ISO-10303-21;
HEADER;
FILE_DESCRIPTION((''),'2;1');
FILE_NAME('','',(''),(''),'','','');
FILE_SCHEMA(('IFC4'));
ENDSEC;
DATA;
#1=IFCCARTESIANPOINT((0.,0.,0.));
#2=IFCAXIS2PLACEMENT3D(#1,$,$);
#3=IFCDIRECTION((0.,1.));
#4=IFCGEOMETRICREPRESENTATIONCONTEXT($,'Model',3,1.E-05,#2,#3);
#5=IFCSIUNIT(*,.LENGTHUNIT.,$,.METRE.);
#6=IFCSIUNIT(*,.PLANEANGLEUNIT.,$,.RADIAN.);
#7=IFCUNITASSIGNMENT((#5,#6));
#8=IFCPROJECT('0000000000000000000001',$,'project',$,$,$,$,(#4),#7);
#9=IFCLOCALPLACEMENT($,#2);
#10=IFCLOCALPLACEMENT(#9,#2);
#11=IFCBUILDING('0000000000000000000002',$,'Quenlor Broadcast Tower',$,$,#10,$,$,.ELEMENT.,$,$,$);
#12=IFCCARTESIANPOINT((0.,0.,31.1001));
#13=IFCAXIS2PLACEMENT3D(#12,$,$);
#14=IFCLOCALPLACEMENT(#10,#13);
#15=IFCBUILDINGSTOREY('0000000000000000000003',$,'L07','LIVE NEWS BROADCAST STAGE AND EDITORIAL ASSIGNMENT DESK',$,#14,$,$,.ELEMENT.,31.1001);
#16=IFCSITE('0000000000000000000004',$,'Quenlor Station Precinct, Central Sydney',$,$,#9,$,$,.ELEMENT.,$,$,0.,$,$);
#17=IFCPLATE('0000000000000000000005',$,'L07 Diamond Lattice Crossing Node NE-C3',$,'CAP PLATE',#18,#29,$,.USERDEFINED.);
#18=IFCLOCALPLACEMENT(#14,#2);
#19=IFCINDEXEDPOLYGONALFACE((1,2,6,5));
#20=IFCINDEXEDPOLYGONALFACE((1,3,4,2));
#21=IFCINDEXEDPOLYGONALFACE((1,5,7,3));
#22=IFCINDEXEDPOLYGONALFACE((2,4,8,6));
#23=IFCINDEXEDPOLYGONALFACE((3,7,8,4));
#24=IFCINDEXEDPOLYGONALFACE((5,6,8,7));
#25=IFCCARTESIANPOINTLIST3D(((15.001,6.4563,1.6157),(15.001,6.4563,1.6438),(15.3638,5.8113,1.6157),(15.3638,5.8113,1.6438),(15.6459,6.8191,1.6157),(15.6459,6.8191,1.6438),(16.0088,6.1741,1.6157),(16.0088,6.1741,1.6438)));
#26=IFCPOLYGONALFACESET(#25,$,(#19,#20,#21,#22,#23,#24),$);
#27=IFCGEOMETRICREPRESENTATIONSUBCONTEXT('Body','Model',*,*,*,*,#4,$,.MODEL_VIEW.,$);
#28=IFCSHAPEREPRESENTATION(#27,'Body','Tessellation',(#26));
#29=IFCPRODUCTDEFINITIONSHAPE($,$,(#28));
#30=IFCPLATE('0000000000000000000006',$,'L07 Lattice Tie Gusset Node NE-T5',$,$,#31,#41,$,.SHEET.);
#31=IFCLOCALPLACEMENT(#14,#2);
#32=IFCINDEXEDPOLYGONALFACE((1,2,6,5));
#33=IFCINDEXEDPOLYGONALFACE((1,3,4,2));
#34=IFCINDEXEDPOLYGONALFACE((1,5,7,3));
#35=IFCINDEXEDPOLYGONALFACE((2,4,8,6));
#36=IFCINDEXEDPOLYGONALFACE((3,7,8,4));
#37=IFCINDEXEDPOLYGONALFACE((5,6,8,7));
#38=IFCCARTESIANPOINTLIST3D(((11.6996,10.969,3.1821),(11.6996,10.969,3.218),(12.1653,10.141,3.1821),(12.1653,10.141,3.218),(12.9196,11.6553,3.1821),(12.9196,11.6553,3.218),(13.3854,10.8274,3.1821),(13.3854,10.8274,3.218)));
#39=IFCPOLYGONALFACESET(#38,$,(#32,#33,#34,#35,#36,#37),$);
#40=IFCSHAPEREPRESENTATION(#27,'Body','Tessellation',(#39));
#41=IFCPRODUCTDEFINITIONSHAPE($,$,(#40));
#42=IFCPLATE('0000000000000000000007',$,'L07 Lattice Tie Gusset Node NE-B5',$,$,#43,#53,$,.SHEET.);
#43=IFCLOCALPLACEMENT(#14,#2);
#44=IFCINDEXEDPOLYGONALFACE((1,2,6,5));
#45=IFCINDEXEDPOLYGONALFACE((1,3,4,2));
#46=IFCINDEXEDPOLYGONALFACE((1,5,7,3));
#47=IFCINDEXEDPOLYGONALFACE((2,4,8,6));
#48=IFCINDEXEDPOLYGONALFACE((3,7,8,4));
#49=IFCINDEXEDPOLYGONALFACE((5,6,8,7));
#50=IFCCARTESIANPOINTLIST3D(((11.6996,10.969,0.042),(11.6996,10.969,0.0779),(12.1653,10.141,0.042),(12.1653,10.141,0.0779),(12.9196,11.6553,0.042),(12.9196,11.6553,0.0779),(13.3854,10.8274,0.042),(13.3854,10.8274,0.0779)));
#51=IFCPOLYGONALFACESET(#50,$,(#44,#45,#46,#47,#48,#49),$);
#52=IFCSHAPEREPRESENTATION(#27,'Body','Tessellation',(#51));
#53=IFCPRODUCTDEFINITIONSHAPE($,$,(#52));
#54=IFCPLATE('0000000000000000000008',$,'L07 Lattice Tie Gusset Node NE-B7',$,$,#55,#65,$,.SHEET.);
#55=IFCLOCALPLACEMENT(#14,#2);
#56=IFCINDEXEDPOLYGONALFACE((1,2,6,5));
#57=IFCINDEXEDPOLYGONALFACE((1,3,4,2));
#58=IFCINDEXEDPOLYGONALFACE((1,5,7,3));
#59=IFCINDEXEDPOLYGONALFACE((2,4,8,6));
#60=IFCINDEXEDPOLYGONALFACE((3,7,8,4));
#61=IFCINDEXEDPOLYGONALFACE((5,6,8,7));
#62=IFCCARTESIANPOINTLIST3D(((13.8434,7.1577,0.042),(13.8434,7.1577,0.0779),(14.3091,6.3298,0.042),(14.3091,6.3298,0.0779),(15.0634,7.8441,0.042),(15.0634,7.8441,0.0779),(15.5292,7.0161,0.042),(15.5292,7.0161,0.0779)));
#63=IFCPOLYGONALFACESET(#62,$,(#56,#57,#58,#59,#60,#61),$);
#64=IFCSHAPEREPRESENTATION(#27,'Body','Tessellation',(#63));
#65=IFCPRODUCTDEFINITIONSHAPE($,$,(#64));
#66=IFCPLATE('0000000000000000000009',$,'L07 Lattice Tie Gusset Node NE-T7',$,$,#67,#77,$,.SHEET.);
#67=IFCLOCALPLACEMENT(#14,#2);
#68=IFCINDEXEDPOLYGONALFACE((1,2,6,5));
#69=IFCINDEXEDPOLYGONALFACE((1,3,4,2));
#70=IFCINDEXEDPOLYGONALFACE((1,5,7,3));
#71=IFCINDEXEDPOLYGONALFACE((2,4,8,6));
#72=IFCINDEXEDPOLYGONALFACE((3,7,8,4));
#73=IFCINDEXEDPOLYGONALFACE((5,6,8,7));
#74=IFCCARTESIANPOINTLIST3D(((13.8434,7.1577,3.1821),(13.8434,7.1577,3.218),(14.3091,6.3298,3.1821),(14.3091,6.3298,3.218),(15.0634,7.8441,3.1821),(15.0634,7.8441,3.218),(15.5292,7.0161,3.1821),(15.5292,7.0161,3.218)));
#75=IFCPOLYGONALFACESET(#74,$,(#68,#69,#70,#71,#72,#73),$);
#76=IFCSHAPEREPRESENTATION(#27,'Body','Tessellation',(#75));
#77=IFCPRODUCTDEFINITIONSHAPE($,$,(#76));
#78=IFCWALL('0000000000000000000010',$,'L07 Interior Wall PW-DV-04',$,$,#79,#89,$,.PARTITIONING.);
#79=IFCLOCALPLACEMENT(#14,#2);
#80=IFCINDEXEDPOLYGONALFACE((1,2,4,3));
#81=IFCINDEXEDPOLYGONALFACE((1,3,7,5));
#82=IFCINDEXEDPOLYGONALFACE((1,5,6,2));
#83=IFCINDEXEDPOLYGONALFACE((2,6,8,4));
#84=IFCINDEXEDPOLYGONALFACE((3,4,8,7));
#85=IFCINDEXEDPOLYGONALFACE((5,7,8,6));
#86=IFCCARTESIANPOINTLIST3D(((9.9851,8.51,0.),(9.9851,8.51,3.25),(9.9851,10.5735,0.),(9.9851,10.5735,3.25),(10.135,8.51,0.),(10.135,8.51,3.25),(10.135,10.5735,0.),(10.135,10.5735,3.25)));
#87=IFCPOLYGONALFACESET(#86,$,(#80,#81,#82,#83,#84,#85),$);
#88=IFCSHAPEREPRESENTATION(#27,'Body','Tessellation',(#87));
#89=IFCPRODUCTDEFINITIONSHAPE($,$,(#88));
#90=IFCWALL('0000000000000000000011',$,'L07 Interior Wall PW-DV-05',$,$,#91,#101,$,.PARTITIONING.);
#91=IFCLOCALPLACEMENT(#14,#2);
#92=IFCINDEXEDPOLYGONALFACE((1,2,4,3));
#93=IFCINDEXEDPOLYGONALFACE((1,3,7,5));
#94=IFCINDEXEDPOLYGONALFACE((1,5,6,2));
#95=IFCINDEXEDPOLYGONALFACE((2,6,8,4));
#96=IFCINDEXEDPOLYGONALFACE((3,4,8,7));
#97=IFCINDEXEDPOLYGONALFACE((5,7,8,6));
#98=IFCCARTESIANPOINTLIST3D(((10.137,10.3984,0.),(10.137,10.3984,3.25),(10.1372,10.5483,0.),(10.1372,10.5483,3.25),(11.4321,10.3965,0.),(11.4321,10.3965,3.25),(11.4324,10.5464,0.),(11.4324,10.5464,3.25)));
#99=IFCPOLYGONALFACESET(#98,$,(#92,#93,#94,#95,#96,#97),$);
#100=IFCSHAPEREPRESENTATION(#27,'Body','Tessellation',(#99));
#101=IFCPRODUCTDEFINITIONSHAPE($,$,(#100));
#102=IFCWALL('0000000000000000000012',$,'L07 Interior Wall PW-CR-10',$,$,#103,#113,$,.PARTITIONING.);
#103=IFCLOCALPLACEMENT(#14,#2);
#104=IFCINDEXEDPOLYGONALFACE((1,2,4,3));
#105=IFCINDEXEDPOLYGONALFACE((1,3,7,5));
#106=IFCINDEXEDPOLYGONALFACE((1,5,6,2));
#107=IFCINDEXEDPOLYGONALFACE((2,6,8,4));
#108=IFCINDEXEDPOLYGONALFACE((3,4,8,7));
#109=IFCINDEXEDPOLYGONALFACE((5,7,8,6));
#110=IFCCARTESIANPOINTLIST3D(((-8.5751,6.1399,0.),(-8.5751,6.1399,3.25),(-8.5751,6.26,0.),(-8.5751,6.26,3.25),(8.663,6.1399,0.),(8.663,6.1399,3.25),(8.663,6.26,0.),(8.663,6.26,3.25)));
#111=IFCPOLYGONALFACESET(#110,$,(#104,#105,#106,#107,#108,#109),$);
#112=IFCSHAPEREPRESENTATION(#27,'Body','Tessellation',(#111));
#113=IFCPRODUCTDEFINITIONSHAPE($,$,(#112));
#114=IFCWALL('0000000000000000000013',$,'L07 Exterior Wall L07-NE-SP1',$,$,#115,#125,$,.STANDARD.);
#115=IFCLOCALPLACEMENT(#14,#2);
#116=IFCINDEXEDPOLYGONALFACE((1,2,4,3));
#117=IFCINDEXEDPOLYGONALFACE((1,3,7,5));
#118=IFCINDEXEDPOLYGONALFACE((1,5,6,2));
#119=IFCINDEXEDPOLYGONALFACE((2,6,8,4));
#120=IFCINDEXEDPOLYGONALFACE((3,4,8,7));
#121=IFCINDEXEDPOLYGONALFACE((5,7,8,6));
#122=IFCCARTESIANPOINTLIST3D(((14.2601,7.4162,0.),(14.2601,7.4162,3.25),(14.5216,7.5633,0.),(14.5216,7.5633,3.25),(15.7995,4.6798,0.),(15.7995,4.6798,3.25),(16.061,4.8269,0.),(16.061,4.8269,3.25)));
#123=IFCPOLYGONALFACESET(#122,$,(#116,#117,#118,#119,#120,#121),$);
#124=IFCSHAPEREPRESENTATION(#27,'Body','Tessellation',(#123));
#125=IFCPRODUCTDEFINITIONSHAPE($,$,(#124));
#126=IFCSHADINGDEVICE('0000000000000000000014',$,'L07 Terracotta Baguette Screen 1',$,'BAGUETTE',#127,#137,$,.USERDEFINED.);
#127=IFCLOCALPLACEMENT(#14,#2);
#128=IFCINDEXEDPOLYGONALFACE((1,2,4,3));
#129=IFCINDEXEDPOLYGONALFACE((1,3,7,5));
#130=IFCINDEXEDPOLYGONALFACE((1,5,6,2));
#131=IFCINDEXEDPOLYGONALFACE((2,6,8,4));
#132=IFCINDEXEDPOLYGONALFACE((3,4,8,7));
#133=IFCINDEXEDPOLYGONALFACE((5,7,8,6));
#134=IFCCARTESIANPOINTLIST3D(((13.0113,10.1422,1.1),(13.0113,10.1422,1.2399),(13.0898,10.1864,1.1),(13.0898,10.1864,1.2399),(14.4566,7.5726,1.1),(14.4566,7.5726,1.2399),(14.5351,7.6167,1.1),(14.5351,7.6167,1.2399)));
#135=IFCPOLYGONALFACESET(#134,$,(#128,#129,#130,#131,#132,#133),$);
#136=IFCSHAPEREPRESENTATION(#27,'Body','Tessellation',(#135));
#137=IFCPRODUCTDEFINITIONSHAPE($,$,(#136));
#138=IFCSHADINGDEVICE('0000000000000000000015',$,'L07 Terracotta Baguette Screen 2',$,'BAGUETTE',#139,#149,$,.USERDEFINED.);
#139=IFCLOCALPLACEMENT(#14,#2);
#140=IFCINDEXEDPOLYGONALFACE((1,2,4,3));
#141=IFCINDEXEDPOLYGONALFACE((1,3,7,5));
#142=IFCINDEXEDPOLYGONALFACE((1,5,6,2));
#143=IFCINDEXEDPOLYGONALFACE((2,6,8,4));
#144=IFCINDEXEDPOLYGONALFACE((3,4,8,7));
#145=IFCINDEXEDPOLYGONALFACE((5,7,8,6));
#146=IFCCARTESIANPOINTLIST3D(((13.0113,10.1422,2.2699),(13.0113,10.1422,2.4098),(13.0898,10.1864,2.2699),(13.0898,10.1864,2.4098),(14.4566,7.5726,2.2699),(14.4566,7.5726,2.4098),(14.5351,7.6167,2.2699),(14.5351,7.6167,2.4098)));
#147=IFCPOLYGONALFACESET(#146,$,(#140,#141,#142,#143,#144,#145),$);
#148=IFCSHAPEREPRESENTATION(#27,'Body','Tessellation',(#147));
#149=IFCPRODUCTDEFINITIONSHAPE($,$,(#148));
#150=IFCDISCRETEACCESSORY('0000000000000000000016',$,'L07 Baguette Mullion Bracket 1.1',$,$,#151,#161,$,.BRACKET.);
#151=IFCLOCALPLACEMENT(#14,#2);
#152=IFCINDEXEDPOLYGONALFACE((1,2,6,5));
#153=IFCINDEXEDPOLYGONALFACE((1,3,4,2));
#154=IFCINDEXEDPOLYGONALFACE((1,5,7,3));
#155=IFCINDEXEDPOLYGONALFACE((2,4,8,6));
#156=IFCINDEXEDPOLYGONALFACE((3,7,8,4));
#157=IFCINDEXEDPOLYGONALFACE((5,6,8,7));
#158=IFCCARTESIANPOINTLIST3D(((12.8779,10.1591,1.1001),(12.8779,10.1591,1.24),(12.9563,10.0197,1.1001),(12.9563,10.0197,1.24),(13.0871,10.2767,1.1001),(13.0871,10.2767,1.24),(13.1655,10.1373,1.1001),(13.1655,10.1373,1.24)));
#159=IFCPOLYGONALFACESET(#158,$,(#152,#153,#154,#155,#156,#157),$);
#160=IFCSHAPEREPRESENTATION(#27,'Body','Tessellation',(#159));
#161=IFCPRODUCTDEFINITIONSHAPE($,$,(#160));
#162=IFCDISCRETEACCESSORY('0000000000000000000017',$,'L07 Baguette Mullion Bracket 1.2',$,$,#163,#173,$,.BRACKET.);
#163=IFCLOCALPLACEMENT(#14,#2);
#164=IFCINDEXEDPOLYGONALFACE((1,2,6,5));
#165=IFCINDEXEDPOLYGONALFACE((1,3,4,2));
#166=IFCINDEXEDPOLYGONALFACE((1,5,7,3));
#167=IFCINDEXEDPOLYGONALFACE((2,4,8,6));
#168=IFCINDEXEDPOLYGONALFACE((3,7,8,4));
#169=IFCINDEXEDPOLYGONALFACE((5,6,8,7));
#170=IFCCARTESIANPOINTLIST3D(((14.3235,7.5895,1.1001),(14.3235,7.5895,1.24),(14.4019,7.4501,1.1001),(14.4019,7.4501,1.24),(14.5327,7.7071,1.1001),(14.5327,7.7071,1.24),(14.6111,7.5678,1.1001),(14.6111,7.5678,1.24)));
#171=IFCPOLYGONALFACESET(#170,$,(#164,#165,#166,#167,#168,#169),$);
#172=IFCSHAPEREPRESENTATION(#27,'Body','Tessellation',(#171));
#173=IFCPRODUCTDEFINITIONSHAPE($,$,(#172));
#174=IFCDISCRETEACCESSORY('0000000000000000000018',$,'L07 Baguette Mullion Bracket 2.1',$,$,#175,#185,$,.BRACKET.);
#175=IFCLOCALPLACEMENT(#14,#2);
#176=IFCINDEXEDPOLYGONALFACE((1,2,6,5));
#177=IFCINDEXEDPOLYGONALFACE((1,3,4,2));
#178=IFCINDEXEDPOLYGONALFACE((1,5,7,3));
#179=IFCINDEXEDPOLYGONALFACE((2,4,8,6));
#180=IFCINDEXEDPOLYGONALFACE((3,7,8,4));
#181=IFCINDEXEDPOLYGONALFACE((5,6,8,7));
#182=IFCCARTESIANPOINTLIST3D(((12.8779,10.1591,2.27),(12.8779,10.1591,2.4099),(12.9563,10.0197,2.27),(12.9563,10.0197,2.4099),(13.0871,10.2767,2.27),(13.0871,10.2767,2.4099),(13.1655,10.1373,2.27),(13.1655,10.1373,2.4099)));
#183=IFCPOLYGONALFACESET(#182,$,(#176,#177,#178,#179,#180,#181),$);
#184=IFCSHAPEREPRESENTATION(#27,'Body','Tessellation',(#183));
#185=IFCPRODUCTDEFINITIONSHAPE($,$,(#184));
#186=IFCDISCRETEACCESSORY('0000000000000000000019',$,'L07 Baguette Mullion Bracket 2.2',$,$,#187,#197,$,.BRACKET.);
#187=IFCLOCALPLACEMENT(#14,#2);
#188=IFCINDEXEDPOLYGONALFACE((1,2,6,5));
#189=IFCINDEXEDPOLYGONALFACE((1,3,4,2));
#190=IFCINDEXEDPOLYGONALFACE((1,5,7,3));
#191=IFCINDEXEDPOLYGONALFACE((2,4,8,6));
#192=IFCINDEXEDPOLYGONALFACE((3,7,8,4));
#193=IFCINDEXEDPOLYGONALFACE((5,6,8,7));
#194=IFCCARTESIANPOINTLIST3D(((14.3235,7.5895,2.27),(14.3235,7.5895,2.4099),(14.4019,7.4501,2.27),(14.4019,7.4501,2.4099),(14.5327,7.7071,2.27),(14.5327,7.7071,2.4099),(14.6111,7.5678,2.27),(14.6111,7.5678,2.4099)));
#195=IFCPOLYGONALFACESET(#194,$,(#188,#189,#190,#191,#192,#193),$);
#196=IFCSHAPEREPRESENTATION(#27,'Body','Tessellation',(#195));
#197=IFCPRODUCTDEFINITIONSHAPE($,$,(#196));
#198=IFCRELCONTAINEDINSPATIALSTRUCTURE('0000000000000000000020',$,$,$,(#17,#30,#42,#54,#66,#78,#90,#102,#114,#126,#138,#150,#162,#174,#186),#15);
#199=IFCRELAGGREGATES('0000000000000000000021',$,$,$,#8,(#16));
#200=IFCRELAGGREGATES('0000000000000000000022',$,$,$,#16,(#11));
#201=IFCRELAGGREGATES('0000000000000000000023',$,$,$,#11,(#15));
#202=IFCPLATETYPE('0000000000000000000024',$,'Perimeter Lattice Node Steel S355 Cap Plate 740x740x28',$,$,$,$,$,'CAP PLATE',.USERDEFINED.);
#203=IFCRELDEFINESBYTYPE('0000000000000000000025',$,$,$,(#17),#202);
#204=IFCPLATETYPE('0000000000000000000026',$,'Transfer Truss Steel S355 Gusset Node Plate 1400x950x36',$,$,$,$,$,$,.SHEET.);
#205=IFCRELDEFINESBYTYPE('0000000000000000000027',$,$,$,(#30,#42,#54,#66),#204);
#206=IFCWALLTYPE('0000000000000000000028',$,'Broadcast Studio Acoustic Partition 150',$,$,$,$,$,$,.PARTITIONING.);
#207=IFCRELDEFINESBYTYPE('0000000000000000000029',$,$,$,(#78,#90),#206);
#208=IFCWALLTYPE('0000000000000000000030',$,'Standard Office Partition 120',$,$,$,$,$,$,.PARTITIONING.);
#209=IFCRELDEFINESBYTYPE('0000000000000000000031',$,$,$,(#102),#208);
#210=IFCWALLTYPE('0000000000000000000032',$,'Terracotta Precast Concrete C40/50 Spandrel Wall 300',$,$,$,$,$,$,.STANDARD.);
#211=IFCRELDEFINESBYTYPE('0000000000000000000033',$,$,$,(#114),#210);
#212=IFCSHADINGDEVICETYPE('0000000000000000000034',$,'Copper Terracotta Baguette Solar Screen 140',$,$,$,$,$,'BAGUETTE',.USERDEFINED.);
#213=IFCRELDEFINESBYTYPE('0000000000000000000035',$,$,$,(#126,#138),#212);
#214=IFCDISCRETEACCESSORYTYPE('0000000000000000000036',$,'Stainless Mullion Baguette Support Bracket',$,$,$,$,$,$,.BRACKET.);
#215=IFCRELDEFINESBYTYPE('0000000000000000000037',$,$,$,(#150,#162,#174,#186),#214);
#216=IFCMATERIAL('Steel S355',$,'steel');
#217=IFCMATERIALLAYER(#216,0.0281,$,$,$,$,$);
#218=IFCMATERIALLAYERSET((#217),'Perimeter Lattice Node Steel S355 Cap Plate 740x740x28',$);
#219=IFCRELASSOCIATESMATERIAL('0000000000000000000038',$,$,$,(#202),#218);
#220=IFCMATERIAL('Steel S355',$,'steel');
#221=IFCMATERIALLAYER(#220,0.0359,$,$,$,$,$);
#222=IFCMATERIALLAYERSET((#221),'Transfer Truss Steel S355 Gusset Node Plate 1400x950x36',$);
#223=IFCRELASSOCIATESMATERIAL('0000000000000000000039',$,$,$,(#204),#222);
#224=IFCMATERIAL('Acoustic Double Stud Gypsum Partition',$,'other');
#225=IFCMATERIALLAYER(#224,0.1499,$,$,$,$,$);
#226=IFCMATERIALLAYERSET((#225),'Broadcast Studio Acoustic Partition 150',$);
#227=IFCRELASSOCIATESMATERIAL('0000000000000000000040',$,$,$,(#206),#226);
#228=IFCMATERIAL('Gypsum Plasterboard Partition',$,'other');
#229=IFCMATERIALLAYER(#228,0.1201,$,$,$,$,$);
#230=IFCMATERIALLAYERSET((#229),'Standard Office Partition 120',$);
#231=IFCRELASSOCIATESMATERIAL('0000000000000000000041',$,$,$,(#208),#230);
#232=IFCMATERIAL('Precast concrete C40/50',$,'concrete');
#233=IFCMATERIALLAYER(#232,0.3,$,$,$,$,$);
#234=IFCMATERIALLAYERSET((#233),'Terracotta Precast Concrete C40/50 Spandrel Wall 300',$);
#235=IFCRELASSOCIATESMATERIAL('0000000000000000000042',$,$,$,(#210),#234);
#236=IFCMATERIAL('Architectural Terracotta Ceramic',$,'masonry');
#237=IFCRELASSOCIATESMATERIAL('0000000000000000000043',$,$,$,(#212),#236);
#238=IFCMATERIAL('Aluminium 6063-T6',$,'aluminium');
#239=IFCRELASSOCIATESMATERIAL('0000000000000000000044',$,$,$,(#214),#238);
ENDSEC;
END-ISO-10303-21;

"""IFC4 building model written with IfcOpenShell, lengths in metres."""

from ifc_helpers import new_model, si_unit, direction, frame, frame_2d, origin, origin_2d, place, context, subcontext, project, spatial, rectangle, extrude, material, layer, layer_set, material_profile, profile_set, type_object, element, save


model = new_model("IFC4")

# Units and contexts
model_context = context("Model", 3, precision=1e-05, world=origin(), true_north=direction((0.0, 1.0)))
body_context = subcontext(model_context, "Body", "Model", "MODEL_VIEW")
ifc_project = project(units=[si_unit("LENGTHUNIT", "METRE"), si_unit("PLANEANGLEUNIT", "RADIAN")], contexts=[model_context])

# Site, building, storey
site_placement = place(None, origin())
site = spatial("IfcSite", under=ifc_project, at=site_placement, Name="Quenlor Station Precinct, Central Sydney", CompositionType="ELEMENT", RefElevation=0.0)
building_placement = place(site_placement, origin())
building = spatial("IfcBuilding", under=site, at=building_placement, Name="Quenlor Broadcast Tower", CompositionType="ELEMENT")
storey_placement = place(building_placement, frame((0.0, 0.0, 31.1001)))
storey = spatial("IfcBuildingStorey", under=building, at=storey_placement, Name="L07", Description="LIVE NEWS BROADCAST STAGE AND EDITORIAL ASSIGNMENT DESK", CompositionType="ELEMENT", Elevation=31.1001)

# Plates
ifc_material_1 = material(Name="Steel S355", Category="steel")
ifc_layer_1 = layer(ifc_material_1, 0.0281)
ifc_layer_set_1 = layer_set([ifc_layer_1], Name="Perimeter Lattice Node Steel S355 Cap Plate 740x740x28")
plate_type_1 = type_object("IfcPlateType", Name="Perimeter Lattice Node Steel S355 Cap Plate 740x740x28", ElementType="CAP PLATE", PredefinedType="USERDEFINED", material=ifc_layer_set_1)
for number, where, z_axis, x_axis, name in (
    (1, (15.5049, 6.3152, 1.6157), (0.0, 0.0, 1.0), (0.490295, -0.871556, 0.0), "L07 Diamond Lattice Crossing Node NE-C3"),
):
    element("IfcPlate", number, at=place(storey_placement, frame(where, z_axis=z_axis, x_axis=x_axis)), inside=storey, type_object=plate_type_1, Name=name, ObjectType="CAP PLATE", PredefinedType="USERDEFINED", context=body_context, shape_type="SweptSolid", body=[
        extrude(rectangle(XDim=0.74, YDim=0.74, at=origin_2d()), origin(), (0.0, 0.0, 1.0), 0.0281),
    ])
ifc_material_2 = material(Name="Steel S355", Category="steel")
ifc_layer_2 = layer(ifc_material_2, 0.0359)
ifc_layer_set_2 = layer_set([ifc_layer_2], Name="Transfer Truss Steel S355 Gusset Node Plate 1400x950x36")
plate_type_2 = type_object("IfcPlateType", Name="Transfer Truss Steel S355 Gusset Node Plate 1400x950x36", PredefinedType="SHEET", material=ifc_layer_set_2)
for number, where, z_axis, x_axis, name in (
    (2, (12.5425, 10.8982, 3.1821), (0.0, 0.0, 1.0), (0.871556, 0.490295, 0.0), "L07 Lattice Tie Gusset Node NE-T5"),
    (3, (12.5425, 10.8982, 0.042), (0.0, 0.0, 1.0), (0.871556, 0.490295, 0.0), "L07 Lattice Tie Gusset Node NE-B5"),
    (4, (14.6863, 7.0869, 0.042), (0.0, 0.0, 1.0), (0.871556, 0.490295, 0.0), "L07 Lattice Tie Gusset Node NE-B7"),
    (5, (14.6863, 7.0869, 3.1821), (0.0, 0.0, 1.0), (0.871556, 0.490295, 0.0), "L07 Lattice Tie Gusset Node NE-T7"),
):
    element("IfcPlate", number, at=place(storey_placement, frame(where, z_axis=z_axis, x_axis=x_axis)), inside=storey, type_object=plate_type_2, Name=name, PredefinedType="SHEET", context=body_context, shape_type="SweptSolid", body=[
        extrude(rectangle(XDim=1.3999, YDim=0.95, at=origin_2d()), origin(), (0.0, 0.0, 1.0), 0.0359),
    ])

# Walls
ifc_material_3 = material(Name="Acoustic Double Stud Gypsum Partition", Category="other")
ifc_layer_3 = layer(ifc_material_3, 0.1499)
ifc_layer_set_3 = layer_set([ifc_layer_3], Name="Broadcast Studio Acoustic Partition 150")
wall_type_1 = type_object("IfcWallType", Name="Broadcast Studio Acoustic Partition 150", PredefinedType="PARTITIONING", material=ifc_layer_set_3)
wall_1_placement = place(storey_placement, frame((10.0601, 10.5735, 0.0), z_axis=(0.0, 0.0, 1.0), x_axis=(0.0, -1.0, 0.0)))
element("IfcWall", 6, at=wall_1_placement, inside=storey, type_object=wall_type_1, Name="L07 Interior Wall PW-DV-04", PredefinedType="PARTITIONING", context=body_context, shape_type="SweptSolid", body=[
    extrude(rectangle(XDim=2.0635, YDim=0.1499, at=frame_2d((1.0317, 0.0))), origin(), (0.0, 0.0, 1.0), 3.25),
])
wall_2_placement = place(storey_placement, frame((11.4321, 10.4714, 0.0), z_axis=(0.0, 0.0, 1.0), x_axis=(-0.999999, 0.001508, 0.0)))
element("IfcWall", 7, at=wall_2_placement, inside=storey, type_object=wall_type_1, Name="L07 Interior Wall PW-DV-05", PredefinedType="PARTITIONING", context=body_context, shape_type="SweptSolid", body=[
    extrude(rectangle(XDim=1.2952, YDim=0.1499, at=frame_2d((0.6475, 0.0))), origin(), (0.0, 0.0, 1.0), 3.25),
])

# Shared definitions
ifc_material_4 = material(Name="Gypsum Plasterboard Partition", Category="other")
ifc_layer_4 = layer(ifc_material_4, 0.1201)
ifc_layer_set_4 = layer_set([ifc_layer_4], Name="Standard Office Partition 120")
wall_type_2 = type_object("IfcWallType", Name="Standard Office Partition 120", PredefinedType="PARTITIONING", material=ifc_layer_set_4)

# Walls
wall_3_placement = place(storey_placement, frame((8.6631, 6.2, 0.0), z_axis=(0.0, 0.0, 1.0), x_axis=(-1.0, 0.0, 0.0)))
element("IfcWall", 8, at=wall_3_placement, inside=storey, type_object=wall_type_2, Name="L07 Interior Wall PW-CR-10", PredefinedType="PARTITIONING", context=body_context, shape_type="SweptSolid", body=[
    extrude(rectangle(XDim=17.238, YDim=0.1201, at=frame_2d((8.6191, 0.0))), origin(), (0.0, 0.0, 1.0), 3.25),
])
ifc_material_5 = material(Name="Precast concrete C40/50", Category="concrete")
ifc_layer_5 = layer(ifc_material_5, 0.3)
ifc_layer_set_5 = layer_set([ifc_layer_5], Name="Terracotta Precast Concrete C40/50 Spandrel Wall 300")
wall_type_3 = type_object("IfcWallType", Name="Terracotta Precast Concrete C40/50 Spandrel Wall 300", PredefinedType="STANDARD", material=ifc_layer_set_5)
wall_4_placement = place(storey_placement, frame((14.3909, 7.4897, 0.0), z_axis=(0.0, 0.0, 1.0), x_axis=(0.490291, -0.871559, 0.0)))
element("IfcWall", 9, at=wall_4_placement, inside=storey, type_object=wall_type_3, Name="L07 Exterior Wall L07-NE-SP1", PredefinedType="STANDARD", context=body_context, shape_type="SweptSolid", body=[
    extrude(rectangle(XDim=3.1396, YDim=0.3, at=frame_2d((1.5698, 0.0))), origin(), (0.0, 0.0, 1.0), 3.25),
])

# Shading devices
ifc_material_6 = material(Name="Architectural Terracotta Ceramic", Category="masonry")
ifc_material_profile_1 = material_profile(ifc_material_6, rectangle(XDim=0.0901, YDim=0.1399, at=origin_2d()))
ifc_profile_set_1 = profile_set([ifc_material_profile_1], Name="Architectural Terracotta Ceramic BAG90x140")
shading_device_type = type_object("IfcShadingDeviceType", Name="Copper Terracotta Baguette Solar Screen 140", ElementType="BAGUETTE", PredefinedType="USERDEFINED", material=ifc_profile_set_1)
for number, where, z_axis, x_axis, name in (
    (10, (13.0505, 10.1643, 1.1699), (0.490242, -0.871587, 0.0), (0.871587, 0.490242, 0.0), "L07 Terracotta Baguette Screen 1"),
    (11, (13.0505, 10.1643, 2.3398), (0.490242, -0.871587, 0.0), (0.871587, 0.490242, 0.0), "L07 Terracotta Baguette Screen 2"),
):
    element("IfcShadingDevice", number, at=place(storey_placement, frame(where, z_axis=z_axis, x_axis=x_axis)), inside=storey, type_object=shading_device_type, Name=name, ObjectType="BAGUETTE", PredefinedType="USERDEFINED", context=body_context, shape_type="SweptSolid", body=[
        extrude(rectangle(XDim=0.0901, YDim=0.1399, at=origin_2d()), origin(), (0.0, 0.0, 1.0), 2.9482),
    ])

# Discrete accessories
ifc_material_7 = material(Name="Aluminium 6063-T6", Category="aluminium")
discrete_accessory_type = type_object("IfcDiscreteAccessoryType", Name="Stainless Mullion Baguette Support Bracket", PredefinedType="BRACKET", material=ifc_material_7)
for number, where, z_axis, x_axis, name in (
    (12, (13.0217, 10.1482, 1.1001), (0.0, 0.0, 1.0), (0.490274, -0.871568, 0.0), "L07 Baguette Mullion Bracket 1.1"),
    (13, (14.4673, 7.5786, 1.1001), (0.0, 0.0, 1.0), (0.490274, -0.871568, 0.0), "L07 Baguette Mullion Bracket 1.2"),
    (14, (13.0217, 10.1482, 2.27), (0.0, 0.0, 1.0), (0.490274, -0.871568, 0.0), "L07 Baguette Mullion Bracket 2.1"),
    (15, (14.4673, 7.5786, 2.27), (0.0, 0.0, 1.0), (0.490274, -0.871568, 0.0), "L07 Baguette Mullion Bracket 2.2"),
):
    element("IfcDiscreteAccessory", number, at=place(storey_placement, frame(where, z_axis=z_axis, x_axis=x_axis)), inside=storey, type_object=discrete_accessory_type, Name=name, PredefinedType="BRACKET", context=body_context, shape_type="SweptSolid", body=[
        extrude(rectangle(XDim=0.1599, YDim=0.24, at=origin_2d()), origin(), (0.0, 0.0, 1.0), 0.1399),
    ])

save(model, "model.ifc")
